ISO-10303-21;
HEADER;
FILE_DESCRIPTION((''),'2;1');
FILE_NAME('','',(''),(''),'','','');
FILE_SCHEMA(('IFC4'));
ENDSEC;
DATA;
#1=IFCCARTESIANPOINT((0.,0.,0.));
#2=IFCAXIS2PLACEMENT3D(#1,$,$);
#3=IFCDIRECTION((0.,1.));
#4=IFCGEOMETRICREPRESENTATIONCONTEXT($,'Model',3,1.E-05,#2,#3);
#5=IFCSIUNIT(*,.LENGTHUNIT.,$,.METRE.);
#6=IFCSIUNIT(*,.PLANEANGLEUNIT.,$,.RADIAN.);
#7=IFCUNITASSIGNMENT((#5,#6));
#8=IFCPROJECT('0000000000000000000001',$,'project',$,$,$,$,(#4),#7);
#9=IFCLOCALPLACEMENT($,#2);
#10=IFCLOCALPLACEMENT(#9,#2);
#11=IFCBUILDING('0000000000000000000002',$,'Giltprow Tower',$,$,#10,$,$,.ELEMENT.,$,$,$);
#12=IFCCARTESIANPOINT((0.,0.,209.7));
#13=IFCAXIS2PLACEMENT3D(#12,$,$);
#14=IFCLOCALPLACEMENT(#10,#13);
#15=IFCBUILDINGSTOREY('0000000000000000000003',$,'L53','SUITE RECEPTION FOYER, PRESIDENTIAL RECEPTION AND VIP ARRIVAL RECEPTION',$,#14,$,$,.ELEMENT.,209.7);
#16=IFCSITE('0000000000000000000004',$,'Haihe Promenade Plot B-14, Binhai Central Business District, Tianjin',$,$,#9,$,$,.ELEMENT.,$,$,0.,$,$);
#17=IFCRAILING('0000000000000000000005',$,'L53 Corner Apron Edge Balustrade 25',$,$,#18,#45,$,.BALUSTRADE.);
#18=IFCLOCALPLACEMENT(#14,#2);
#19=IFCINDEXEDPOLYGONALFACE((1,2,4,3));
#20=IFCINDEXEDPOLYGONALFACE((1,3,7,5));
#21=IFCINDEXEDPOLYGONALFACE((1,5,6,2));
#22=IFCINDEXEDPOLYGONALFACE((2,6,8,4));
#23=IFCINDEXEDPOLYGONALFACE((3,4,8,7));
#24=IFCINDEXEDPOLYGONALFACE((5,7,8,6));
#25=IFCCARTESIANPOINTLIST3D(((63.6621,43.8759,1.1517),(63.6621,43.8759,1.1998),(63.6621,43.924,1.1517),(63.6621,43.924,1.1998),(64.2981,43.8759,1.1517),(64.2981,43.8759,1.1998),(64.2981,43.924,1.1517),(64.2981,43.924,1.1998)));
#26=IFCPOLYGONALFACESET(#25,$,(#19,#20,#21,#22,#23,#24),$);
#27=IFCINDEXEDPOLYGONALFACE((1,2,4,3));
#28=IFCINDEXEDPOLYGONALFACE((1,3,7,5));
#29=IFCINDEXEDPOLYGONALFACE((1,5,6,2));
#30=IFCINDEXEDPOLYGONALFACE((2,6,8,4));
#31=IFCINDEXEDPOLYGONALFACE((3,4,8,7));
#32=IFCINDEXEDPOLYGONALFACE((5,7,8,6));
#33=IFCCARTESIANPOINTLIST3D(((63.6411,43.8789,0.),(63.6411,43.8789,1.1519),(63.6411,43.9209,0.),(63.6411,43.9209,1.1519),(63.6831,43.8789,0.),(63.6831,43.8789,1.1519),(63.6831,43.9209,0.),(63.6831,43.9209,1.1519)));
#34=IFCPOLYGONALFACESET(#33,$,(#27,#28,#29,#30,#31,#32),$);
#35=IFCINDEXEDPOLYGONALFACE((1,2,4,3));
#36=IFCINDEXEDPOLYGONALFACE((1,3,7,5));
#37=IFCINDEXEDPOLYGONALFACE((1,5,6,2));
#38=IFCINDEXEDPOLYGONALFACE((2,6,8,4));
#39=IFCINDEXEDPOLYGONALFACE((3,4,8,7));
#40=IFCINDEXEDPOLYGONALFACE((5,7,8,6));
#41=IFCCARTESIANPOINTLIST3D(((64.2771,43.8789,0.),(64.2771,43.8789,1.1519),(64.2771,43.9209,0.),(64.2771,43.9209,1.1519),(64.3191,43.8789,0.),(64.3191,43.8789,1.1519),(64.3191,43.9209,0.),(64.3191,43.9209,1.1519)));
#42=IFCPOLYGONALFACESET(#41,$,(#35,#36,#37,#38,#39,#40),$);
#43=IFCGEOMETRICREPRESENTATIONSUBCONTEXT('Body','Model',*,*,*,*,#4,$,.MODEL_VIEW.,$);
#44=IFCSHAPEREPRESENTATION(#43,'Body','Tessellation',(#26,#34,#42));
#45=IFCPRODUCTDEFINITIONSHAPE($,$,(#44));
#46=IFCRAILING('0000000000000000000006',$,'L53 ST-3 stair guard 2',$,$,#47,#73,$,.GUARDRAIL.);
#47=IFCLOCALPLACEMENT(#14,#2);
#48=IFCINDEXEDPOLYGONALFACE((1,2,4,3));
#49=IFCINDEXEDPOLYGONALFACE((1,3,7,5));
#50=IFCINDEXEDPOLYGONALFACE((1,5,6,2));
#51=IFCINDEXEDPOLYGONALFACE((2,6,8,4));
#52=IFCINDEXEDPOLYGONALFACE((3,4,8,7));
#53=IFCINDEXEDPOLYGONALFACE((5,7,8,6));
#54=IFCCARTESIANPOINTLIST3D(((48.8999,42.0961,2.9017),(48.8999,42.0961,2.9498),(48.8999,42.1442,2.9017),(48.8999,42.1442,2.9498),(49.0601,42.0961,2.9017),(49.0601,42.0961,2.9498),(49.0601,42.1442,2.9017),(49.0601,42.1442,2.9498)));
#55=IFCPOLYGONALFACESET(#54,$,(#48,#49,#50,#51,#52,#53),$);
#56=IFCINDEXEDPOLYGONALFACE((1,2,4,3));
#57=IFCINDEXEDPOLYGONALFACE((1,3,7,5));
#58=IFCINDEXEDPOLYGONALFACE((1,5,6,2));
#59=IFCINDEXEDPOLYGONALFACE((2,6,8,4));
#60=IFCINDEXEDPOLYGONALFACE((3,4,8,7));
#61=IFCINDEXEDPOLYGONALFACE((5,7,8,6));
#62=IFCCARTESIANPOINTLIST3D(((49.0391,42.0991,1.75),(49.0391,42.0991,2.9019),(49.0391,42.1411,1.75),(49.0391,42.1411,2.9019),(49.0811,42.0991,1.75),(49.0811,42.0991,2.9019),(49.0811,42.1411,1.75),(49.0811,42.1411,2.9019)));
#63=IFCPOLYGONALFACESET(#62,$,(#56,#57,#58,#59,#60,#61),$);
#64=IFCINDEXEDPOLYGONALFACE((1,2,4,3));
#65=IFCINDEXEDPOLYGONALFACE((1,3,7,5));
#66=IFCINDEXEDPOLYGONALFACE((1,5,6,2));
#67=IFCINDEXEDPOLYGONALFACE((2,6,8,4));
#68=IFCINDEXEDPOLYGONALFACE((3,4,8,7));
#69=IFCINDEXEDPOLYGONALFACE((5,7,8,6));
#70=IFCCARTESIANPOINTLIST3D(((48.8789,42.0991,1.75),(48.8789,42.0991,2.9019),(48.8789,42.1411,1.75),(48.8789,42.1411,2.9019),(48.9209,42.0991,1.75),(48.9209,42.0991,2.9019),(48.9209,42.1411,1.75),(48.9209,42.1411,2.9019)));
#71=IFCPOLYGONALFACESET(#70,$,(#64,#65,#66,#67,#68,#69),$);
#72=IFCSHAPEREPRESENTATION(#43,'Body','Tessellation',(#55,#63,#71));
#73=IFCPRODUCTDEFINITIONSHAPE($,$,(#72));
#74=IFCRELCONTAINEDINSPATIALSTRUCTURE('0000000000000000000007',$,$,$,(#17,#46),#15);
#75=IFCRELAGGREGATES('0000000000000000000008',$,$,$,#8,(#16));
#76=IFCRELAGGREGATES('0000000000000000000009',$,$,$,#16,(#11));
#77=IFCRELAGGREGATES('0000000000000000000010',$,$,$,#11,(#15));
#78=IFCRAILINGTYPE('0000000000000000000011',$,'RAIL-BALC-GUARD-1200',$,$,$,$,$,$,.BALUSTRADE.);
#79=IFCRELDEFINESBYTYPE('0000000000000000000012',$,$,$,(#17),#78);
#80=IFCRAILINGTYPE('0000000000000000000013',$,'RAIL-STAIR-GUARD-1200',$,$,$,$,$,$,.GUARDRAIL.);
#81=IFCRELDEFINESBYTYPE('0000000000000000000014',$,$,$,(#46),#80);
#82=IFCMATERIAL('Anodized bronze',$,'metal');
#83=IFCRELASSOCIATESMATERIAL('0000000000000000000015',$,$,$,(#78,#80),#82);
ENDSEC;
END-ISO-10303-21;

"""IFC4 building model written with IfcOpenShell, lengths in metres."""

from ifc_helpers import new_model, si_unit, direction, frame, origin, origin_2d, place, context, subcontext, project, spatial, rectangle, extrude, material, type_object, element, save


model = new_model("IFC4")

# Units and contexts
model_context = context("Model", 3, precision=1e-05, world=origin(), true_north=direction((0.0, 1.0)))
body_context = subcontext(model_context, "Body", "Model", "MODEL_VIEW")
ifc_project = project(units=[si_unit("LENGTHUNIT", "METRE"), si_unit("PLANEANGLEUNIT", "RADIAN")], contexts=[model_context])

# Site, building, storey
site_placement = place(None, origin())
site = spatial("IfcSite", under=ifc_project, at=site_placement, Name="Haihe Promenade Plot B-14, Binhai Central Business District, Tianjin", CompositionType="ELEMENT", RefElevation=0.0)
building_placement = place(site_placement, origin())
building = spatial("IfcBuilding", under=site, at=building_placement, Name="Giltprow Tower", CompositionType="ELEMENT")
storey_placement = place(building_placement, frame((0.0, 0.0, 209.7)))
storey = spatial("IfcBuildingStorey", under=building, at=storey_placement, Name="L53", Description="SUITE RECEPTION FOYER, PRESIDENTIAL RECEPTION AND VIP ARRIVAL RECEPTION", CompositionType="ELEMENT", Elevation=209.7)

# Railings
ifc_material_1 = material(Name="Anodized bronze", Category="metal")
railing_type_1 = type_object("IfcRailingType", Name="RAIL-BALC-GUARD-1200", PredefinedType="BALUSTRADE", material=ifc_material_1)
railing_1_placement = place(storey_placement, frame((63.6621, 43.8999, 0.0)))
element("IfcRailing", 1, at=railing_1_placement, inside=storey, type_object=railing_type_1, Name="L53 Corner Apron Edge Balustrade 25", PredefinedType="BALUSTRADE", context=body_context, shape_type="SweptSolid", body=[
    extrude(rectangle(XDim=0.0481, YDim=0.0481, at=origin_2d()), frame((0.0, 0.0, 1.1758), z_axis=(1.0, 0.0, 0.0), x_axis=(0.0, 1.0, 0.0)), (0.0, 0.0, 1.0), 0.636),
    extrude(rectangle(XDim=0.042, YDim=0.042, at=origin_2d()), origin(), (0.0, 0.0, 1.0), 1.1519),
    extrude(rectangle(XDim=0.042, YDim=0.042, at=origin_2d()), frame((0.636, 0.0, 0.0)), (0.0, 0.0, 1.0), 1.1519),
])
railing_type_2 = type_object("IfcRailingType", Name="RAIL-STAIR-GUARD-1200", PredefinedType="GUARDRAIL", material=ifc_material_1)
railing_2_placement = place(storey_placement, frame((49.0601, 42.1201, 1.75)))
element("IfcRailing", 2, at=railing_2_placement, inside=storey, type_object=railing_type_2, Name="L53 ST-3 stair guard 2", PredefinedType="GUARDRAIL", context=body_context, shape_type="SweptSolid", body=[
    extrude(rectangle(XDim=0.0481, YDim=0.0481, at=origin_2d()), frame((0.0, 0.0, 1.1758), z_axis=(-1.0, 0.0, 0.0), x_axis=(0.0, -1.0, 0.0)), (0.0, 0.0, 1.0), 0.1602),
    extrude(rectangle(XDim=0.042, YDim=0.042, at=origin_2d()), origin(), (0.0, 0.0, 1.0), 1.1519),
    extrude(rectangle(XDim=0.042, YDim=0.042, at=origin_2d()), frame((-0.1602, 0.0, 0.0)), (0.0, 0.0, 1.0), 1.1519),
])

save(model, "model.ifc")
